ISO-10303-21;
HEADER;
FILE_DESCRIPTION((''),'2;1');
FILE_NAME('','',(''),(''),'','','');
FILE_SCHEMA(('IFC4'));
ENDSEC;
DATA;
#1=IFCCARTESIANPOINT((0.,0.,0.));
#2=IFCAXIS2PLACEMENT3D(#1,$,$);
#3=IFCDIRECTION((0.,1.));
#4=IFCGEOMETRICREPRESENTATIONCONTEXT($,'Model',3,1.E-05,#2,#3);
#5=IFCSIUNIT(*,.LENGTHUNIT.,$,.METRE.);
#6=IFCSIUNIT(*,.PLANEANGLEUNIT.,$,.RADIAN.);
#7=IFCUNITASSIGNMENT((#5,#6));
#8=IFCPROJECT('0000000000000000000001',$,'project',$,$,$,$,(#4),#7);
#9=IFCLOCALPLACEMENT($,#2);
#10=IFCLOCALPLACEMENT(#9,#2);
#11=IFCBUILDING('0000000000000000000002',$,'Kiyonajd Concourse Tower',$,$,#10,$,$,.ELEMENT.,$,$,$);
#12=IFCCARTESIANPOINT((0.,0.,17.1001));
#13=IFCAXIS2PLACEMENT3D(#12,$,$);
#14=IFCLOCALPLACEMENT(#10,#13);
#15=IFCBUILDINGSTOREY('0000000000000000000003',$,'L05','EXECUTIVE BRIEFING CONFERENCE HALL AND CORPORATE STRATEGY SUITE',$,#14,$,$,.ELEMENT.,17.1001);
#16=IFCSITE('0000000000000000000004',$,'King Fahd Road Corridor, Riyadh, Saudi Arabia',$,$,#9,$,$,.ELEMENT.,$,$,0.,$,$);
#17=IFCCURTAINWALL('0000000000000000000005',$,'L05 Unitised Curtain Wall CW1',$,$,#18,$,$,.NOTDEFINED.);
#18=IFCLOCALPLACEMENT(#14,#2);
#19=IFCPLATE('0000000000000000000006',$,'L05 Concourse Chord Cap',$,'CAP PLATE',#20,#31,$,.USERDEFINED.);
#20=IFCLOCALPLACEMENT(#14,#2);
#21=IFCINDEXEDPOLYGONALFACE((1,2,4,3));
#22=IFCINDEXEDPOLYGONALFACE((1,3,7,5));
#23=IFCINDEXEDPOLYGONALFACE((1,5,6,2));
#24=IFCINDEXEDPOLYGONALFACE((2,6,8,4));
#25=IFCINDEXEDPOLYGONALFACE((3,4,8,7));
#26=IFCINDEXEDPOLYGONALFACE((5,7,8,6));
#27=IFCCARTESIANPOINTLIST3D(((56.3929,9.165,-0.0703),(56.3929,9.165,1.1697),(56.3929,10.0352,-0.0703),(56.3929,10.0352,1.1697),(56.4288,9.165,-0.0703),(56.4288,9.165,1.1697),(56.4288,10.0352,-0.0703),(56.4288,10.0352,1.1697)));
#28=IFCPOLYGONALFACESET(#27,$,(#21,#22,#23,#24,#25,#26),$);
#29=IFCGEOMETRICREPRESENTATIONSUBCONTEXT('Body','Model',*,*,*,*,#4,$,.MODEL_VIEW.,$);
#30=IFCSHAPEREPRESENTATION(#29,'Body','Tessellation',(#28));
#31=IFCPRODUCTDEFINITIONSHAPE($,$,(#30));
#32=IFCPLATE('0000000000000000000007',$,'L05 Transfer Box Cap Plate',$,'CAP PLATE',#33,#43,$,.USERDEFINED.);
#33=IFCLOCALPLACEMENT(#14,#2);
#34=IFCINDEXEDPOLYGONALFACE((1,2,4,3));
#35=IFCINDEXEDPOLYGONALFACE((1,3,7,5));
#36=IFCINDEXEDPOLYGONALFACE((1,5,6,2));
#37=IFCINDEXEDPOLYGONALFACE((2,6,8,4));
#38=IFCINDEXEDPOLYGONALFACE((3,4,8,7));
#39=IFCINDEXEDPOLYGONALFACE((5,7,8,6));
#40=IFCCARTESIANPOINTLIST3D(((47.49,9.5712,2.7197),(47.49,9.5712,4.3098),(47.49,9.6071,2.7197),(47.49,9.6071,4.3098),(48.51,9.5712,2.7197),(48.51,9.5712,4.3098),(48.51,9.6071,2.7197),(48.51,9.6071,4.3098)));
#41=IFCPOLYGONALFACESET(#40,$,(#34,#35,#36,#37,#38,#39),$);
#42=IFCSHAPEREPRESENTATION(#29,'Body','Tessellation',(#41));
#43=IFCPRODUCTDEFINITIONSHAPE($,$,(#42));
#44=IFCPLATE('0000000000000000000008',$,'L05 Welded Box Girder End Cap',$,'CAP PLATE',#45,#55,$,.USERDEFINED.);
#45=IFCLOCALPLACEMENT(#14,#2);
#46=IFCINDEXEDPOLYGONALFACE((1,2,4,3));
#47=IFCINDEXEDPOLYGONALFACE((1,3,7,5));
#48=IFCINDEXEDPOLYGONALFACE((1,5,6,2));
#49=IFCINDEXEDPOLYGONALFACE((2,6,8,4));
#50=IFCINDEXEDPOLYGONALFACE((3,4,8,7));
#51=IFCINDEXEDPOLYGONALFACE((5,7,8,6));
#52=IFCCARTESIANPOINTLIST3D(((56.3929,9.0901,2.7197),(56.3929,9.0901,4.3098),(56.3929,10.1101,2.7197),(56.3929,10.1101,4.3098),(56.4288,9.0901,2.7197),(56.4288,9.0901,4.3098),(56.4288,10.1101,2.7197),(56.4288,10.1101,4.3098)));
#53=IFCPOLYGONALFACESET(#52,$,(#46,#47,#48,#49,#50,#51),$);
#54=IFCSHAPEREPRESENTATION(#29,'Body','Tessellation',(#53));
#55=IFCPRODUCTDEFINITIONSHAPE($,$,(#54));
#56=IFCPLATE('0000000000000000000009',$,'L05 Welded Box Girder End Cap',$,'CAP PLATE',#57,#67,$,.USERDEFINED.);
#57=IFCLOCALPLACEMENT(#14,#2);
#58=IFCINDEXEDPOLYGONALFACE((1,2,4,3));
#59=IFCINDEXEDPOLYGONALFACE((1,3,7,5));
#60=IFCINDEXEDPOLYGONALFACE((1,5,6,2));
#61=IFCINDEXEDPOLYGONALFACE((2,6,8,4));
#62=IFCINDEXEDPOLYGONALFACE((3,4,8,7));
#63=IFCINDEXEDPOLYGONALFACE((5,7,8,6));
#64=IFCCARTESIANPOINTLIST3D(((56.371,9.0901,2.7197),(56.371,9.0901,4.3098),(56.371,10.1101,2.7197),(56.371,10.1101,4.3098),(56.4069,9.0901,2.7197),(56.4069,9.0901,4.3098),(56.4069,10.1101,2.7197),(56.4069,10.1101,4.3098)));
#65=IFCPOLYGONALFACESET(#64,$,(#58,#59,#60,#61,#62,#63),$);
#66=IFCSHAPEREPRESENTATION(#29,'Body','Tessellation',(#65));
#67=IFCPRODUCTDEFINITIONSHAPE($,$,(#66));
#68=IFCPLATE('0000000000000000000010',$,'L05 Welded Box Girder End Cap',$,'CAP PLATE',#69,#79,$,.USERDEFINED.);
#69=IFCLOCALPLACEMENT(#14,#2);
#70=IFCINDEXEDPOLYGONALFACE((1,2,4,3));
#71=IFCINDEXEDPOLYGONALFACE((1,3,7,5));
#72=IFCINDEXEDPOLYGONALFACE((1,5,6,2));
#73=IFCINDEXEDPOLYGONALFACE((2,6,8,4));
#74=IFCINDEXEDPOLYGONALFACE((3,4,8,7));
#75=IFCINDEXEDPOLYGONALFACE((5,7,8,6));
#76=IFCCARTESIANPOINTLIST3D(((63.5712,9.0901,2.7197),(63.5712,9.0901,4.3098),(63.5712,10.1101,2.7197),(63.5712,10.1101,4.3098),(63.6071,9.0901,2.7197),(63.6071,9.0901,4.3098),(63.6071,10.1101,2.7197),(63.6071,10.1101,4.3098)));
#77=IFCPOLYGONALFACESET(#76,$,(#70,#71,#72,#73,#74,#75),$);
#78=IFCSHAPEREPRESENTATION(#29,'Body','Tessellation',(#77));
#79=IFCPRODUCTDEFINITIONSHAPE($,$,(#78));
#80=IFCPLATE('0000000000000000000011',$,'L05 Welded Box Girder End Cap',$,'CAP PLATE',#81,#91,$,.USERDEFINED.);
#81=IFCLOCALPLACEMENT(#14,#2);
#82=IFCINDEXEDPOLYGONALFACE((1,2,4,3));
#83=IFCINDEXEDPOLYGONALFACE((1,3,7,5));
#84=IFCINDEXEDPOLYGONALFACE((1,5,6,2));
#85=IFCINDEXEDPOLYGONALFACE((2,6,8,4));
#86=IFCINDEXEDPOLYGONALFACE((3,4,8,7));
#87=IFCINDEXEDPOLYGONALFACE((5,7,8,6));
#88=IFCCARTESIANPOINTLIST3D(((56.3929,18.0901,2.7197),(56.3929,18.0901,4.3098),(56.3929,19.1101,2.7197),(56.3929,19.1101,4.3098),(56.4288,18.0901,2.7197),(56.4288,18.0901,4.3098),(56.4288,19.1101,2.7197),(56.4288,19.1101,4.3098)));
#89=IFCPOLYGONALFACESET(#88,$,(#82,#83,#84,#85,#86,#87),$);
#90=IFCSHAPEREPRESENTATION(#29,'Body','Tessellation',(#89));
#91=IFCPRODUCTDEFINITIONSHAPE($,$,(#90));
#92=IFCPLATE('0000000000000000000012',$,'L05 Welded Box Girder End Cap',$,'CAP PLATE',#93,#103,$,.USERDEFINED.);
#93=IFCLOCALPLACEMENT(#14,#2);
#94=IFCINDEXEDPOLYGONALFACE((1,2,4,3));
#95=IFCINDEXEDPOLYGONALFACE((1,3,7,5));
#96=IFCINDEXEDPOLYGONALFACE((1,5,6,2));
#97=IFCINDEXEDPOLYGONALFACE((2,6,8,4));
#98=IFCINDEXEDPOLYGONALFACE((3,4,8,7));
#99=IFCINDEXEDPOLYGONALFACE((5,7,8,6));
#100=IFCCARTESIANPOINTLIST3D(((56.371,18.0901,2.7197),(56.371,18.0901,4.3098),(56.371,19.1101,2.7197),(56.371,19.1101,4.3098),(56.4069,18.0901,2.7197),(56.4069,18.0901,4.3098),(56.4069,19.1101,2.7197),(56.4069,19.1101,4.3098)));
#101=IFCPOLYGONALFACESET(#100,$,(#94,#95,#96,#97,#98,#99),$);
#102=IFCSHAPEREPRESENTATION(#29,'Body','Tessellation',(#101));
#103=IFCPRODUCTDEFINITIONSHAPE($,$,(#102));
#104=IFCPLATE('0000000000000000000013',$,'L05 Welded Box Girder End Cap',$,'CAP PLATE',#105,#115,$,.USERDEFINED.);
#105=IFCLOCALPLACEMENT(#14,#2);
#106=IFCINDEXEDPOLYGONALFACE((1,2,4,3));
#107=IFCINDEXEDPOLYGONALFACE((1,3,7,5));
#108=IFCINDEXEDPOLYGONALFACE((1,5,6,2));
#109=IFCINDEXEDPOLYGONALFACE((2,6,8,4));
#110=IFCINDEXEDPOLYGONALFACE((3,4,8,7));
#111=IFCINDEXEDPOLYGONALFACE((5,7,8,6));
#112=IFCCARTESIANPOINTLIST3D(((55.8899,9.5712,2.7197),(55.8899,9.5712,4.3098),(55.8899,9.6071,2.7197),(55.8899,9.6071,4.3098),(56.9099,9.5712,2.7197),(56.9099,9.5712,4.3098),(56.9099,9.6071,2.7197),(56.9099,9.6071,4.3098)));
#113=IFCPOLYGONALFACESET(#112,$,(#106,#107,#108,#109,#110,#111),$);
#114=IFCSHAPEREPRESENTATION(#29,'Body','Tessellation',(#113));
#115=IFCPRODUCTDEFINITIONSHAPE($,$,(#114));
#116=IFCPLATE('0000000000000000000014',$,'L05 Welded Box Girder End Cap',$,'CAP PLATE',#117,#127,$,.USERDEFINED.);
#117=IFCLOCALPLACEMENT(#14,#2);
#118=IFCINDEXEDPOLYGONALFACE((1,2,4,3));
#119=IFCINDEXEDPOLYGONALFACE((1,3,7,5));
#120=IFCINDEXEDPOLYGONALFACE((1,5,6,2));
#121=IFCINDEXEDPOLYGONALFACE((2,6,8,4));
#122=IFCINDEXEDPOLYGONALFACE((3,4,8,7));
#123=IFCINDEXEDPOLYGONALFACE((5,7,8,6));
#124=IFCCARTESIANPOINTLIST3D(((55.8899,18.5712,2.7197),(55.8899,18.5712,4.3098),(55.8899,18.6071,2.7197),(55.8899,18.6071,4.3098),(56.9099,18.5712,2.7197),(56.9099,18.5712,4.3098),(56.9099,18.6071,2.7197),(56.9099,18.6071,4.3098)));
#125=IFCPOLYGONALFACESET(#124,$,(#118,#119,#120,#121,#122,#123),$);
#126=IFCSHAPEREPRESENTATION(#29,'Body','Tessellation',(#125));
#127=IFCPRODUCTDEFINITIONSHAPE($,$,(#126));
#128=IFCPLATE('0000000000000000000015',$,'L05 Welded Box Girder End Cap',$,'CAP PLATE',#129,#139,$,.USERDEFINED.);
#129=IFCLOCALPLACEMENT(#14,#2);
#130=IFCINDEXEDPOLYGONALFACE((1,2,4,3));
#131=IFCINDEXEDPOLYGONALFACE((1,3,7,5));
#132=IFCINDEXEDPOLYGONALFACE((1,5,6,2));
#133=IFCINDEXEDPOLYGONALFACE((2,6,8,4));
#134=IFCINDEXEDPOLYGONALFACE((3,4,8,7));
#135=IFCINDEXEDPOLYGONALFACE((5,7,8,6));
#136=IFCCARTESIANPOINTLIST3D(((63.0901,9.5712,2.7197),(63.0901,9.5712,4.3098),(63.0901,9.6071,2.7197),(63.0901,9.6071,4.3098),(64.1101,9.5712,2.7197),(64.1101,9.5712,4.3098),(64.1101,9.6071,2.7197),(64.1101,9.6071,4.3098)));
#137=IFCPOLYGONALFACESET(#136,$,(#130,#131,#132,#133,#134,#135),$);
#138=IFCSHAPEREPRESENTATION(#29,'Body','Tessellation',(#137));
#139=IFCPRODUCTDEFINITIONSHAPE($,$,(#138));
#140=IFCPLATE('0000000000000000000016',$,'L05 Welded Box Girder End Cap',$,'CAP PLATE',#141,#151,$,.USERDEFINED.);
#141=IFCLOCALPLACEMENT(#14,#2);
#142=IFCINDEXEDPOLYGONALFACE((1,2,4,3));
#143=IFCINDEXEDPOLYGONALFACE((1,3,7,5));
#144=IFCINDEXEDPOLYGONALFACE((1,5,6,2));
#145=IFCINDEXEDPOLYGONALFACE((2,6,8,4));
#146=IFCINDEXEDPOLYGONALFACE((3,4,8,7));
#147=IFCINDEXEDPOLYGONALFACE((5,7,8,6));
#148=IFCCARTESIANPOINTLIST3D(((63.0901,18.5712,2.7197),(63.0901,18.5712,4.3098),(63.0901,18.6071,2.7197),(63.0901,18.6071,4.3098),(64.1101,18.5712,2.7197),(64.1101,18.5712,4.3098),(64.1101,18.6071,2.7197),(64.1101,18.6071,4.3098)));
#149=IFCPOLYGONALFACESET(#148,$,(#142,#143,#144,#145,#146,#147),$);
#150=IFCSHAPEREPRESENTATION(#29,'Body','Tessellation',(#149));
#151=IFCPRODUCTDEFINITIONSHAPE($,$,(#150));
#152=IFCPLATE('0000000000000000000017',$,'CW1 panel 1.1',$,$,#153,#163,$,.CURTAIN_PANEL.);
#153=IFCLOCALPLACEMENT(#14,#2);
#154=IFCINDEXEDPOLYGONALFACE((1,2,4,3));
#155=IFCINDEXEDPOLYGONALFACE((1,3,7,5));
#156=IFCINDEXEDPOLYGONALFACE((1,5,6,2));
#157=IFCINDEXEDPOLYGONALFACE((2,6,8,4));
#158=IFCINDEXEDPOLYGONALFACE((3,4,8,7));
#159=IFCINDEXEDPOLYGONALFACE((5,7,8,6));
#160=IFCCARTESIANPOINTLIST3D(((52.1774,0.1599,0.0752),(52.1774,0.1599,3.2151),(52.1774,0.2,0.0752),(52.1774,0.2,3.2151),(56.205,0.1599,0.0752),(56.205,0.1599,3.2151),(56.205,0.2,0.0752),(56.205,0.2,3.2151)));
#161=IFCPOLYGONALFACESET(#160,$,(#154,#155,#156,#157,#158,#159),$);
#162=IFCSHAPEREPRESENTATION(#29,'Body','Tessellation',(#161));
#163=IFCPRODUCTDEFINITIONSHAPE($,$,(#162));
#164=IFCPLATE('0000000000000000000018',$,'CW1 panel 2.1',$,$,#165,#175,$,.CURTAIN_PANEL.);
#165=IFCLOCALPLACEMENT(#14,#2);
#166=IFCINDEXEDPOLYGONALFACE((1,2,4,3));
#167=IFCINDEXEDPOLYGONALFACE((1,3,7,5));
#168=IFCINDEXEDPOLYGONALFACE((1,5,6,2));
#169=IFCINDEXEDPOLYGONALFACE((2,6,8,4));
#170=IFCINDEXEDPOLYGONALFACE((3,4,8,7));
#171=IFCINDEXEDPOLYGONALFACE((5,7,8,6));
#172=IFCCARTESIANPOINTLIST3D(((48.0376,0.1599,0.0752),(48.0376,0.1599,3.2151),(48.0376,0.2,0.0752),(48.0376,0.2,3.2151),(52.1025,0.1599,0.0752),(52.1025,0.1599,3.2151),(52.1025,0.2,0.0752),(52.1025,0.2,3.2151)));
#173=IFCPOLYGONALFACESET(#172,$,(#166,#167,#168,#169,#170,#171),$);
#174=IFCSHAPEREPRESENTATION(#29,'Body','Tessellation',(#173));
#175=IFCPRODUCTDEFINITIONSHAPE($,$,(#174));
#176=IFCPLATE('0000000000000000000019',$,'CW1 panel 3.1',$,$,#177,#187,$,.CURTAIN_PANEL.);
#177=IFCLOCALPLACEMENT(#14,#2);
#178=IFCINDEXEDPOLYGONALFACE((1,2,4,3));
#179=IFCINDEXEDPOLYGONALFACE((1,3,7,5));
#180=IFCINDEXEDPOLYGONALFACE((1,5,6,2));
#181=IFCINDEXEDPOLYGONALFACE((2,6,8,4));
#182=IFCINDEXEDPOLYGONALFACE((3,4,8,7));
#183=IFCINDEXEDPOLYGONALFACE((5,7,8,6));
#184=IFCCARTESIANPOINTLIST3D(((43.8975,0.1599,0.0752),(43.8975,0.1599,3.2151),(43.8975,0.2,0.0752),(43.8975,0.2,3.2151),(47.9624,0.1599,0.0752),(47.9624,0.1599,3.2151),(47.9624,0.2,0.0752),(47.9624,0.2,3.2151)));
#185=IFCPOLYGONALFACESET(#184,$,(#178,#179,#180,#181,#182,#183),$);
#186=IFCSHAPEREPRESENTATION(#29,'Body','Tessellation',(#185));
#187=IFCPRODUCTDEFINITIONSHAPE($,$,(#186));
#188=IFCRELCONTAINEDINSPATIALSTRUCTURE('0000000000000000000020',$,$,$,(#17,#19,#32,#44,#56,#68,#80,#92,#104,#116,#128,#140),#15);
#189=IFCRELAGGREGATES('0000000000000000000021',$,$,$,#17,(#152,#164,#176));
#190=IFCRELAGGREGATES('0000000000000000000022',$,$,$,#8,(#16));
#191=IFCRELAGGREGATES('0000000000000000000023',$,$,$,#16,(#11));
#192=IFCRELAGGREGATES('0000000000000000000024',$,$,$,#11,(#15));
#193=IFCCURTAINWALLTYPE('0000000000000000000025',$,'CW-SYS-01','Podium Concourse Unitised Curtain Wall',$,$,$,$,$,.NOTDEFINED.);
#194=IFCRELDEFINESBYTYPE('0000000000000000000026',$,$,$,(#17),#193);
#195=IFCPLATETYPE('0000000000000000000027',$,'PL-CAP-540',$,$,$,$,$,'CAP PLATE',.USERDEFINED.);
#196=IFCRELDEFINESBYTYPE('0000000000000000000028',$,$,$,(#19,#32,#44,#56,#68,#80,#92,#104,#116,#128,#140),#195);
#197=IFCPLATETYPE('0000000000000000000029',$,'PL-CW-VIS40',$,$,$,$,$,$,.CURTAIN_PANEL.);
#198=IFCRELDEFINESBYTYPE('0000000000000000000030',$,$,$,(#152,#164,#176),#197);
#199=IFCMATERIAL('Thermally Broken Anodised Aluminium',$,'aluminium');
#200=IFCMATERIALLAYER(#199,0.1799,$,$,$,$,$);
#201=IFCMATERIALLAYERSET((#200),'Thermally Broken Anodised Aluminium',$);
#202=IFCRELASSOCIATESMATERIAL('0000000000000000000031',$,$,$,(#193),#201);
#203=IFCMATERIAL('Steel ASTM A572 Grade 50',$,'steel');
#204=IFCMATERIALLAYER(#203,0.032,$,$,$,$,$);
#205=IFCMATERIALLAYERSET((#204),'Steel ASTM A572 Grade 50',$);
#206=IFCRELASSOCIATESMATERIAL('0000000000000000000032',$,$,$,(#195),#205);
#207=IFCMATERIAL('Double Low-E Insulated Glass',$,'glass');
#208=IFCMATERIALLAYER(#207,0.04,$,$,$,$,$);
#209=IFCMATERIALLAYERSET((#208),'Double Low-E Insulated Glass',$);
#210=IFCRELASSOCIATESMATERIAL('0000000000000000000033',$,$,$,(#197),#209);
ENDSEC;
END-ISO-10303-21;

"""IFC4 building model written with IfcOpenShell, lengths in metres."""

from ifc_helpers import new_model, si_unit, direction, frame, origin, origin_2d, place, context, subcontext, project, spatial, rectangle, extrude, material, layer, layer_set, type_object, element, aggregate, save


model = new_model("IFC4")

# Units and contexts
model_context = context("Model", 3, precision=1e-05, world=origin(), true_north=direction((0.0, 1.0)))
body_context = subcontext(model_context, "Body", "Model", "MODEL_VIEW")
ifc_project = project(units=[si_unit("LENGTHUNIT", "METRE"), si_unit("PLANEANGLEUNIT", "RADIAN")], contexts=[model_context])

# Site, building, storey
site_placement = place(None, origin())
site = spatial("IfcSite", under=ifc_project, at=site_placement, Name="King Fahd Road Corridor, Riyadh, Saudi Arabia", CompositionType="ELEMENT", RefElevation=0.0)
building_placement = place(site_placement, origin())
building = spatial("IfcBuilding", under=site, at=building_placement, Name="Kiyonajd Concourse Tower", CompositionType="ELEMENT")
storey_placement = place(building_placement, frame((0.0, 0.0, 17.1001)))
storey = spatial("IfcBuildingStorey", under=building, at=storey_placement, Name="L05", Description="EXECUTIVE BRIEFING CONFERENCE HALL AND CORPORATE STRATEGY SUITE", CompositionType="ELEMENT", Elevation=17.1001)

# Shared definitions
ifc_material_1 = material(Name="Steel ASTM A572 Grade 50", Category="steel")

# Curtain wall
ifc_material_2 = material(Name="Thermally Broken Anodised Aluminium", Category="aluminium")
ifc_layer_1 = layer(ifc_material_2, 0.1799)
ifc_layer_set_1 = layer_set([ifc_layer_1], Name="Thermally Broken Anodised Aluminium")
curtain_wall_type = type_object("IfcCurtainWallType", Name="CW-SYS-01", Description="Podium Concourse Unitised Curtain Wall", PredefinedType="NOTDEFINED", material=ifc_layer_set_1)
curtain_wall_placement = place(storey_placement, origin())
curtain_wall = element("IfcCurtainWall", 1, at=curtain_wall_placement, inside=storey, type_object=curtain_wall_type, Name="L05 Unitised Curtain Wall CW1", PredefinedType="NOTDEFINED")

# Plates
ifc_layer_2 = layer(ifc_material_1, 0.032)
ifc_layer_set_2 = layer_set([ifc_layer_2], Name="Steel ASTM A572 Grade 50")
plate_type_1 = type_object("IfcPlateType", Name="PL-CAP-540", ElementType="CAP PLATE", PredefinedType="USERDEFINED", material=ifc_layer_set_2)
plate_1_placement = place(storey_placement, frame((56.4109, 9.6001, -0.0703), z_axis=(0.0, 0.0, 1.0), x_axis=(1.0, 0.0, 0.0)))
element("IfcPlate", 2, at=plate_1_placement, inside=storey, type_object=plate_type_1, Name="L05 Concourse Chord Cap", ObjectType="CAP PLATE", PredefinedType="USERDEFINED", context=body_context, shape_type="SweptSolid", body=[
    extrude(rectangle(XDim=0.0359, YDim=0.8701, at=origin_2d()), origin(), (0.0, 0.0, 1.0), 1.24),
])
for number, where, z_axis, x_axis, name in (
    (3, (48.0, 9.5891, 2.7197), (0.0, 0.0, 1.0), (0.0, -1.0, 0.0), "L05 Transfer Box Cap Plate"),
    (4, (56.4109, 9.6001, 2.7197), (0.0, 0.0, 1.0), (1.0, 0.0, 0.0), "L05 Welded Box Girder End Cap"),
    (5, (56.3889, 9.6001, 2.7197), (0.0, 0.0, 1.0), (-1.0, 0.0, 0.0), "L05 Welded Box Girder End Cap"),
    (6, (63.5891, 9.6001, 2.7197), (0.0, 0.0, 1.0), (-1.0, 0.0, 0.0), "L05 Welded Box Girder End Cap"),
    (7, (56.4109, 18.6001, 2.7197), (0.0, 0.0, 1.0), (1.0, 0.0, 0.0), "L05 Welded Box Girder End Cap"),
    (8, (56.3889, 18.6001, 2.7197), (0.0, 0.0, 1.0), (-1.0, 0.0, 0.0), "L05 Welded Box Girder End Cap"),
    (9, (56.3999, 9.5891, 2.7197), (0.0, 0.0, 1.0), (0.0, -1.0, 0.0), "L05 Welded Box Girder End Cap"),
    (10, (56.3999, 18.5891, 2.7197), (0.0, 0.0, 1.0), (0.0, -1.0, 0.0), "L05 Welded Box Girder End Cap"),
    (11, (63.6001, 9.5891, 2.7197), (0.0, 0.0, 1.0), (0.0, -1.0, 0.0), "L05 Welded Box Girder End Cap"),
    (12, (63.6001, 18.5891, 2.7197), (0.0, 0.0, 1.0), (0.0, -1.0, 0.0), "L05 Welded Box Girder End Cap"),
):
    element("IfcPlate", number, at=place(storey_placement, frame(where, z_axis=z_axis, x_axis=x_axis)), inside=storey, type_object=plate_type_1, Name=name, ObjectType="CAP PLATE", PredefinedType="USERDEFINED", context=body_context, shape_type="SweptSolid", body=[
        extrude(rectangle(XDim=0.0359, YDim=1.02, at=origin_2d()), origin(), (0.0, 0.0, 1.0), 1.5901),
    ])

# Plates
ifc_material_3 = material(Name="Double Low-E Insulated Glass", Category="glass")
ifc_layer_3 = layer(ifc_material_3, 0.04)
ifc_layer_set_3 = layer_set([ifc_layer_3], Name="Double Low-E Insulated Glass")
plate_type_2 = type_object("IfcPlateType", Name="PL-CW-VIS40", PredefinedType="CURTAIN_PANEL", material=ifc_layer_set_3)
plate_2_placement = place(storey_placement, frame((54.1912, 0.1799, 0.0752), z_axis=(0.0, 0.0, 1.0), x_axis=(-1.0, 0.0, 0.0)))
plate_2 = element("IfcPlate", 13, at=plate_2_placement, type_object=plate_type_2, Name="CW1 panel 1.1", PredefinedType="CURTAIN_PANEL", context=body_context, shape_type="SweptSolid", body=[
    extrude(rectangle(XDim=4.0276, YDim=0.04, at=origin_2d()), origin(), (0.0, 0.0, 1.0), 3.1399),
])
plate_3_placement = place(storey_placement, frame((50.0701, 0.1799, 0.0752), z_axis=(0.0, 0.0, 1.0), x_axis=(-1.0, 0.0, 0.0)))
plate_3 = element("IfcPlate", 14, at=plate_3_placement, type_object=plate_type_2, Name="CW1 panel 2.1", PredefinedType="CURTAIN_PANEL", context=body_context, shape_type="SweptSolid", body=[
    extrude(rectangle(XDim=4.0649, YDim=0.04, at=origin_2d()), origin(), (0.0, 0.0, 1.0), 3.1399),
])
plate_4_placement = place(storey_placement, frame((45.9299, 0.1799, 0.0752), z_axis=(0.0, 0.0, 1.0), x_axis=(-1.0, 0.0, 0.0)))
plate_4 = element("IfcPlate", 15, at=plate_4_placement, type_object=plate_type_2, Name="CW1 panel 3.1", PredefinedType="CURTAIN_PANEL", context=body_context, shape_type="SweptSolid", body=[
    extrude(rectangle(XDim=4.0649, YDim=0.04, at=origin_2d()), origin(), (0.0, 0.0, 1.0), 3.1399),
])
aggregate(curtain_wall, [plate_2, plate_3, plate_4])

save(model, "model.ifc")
